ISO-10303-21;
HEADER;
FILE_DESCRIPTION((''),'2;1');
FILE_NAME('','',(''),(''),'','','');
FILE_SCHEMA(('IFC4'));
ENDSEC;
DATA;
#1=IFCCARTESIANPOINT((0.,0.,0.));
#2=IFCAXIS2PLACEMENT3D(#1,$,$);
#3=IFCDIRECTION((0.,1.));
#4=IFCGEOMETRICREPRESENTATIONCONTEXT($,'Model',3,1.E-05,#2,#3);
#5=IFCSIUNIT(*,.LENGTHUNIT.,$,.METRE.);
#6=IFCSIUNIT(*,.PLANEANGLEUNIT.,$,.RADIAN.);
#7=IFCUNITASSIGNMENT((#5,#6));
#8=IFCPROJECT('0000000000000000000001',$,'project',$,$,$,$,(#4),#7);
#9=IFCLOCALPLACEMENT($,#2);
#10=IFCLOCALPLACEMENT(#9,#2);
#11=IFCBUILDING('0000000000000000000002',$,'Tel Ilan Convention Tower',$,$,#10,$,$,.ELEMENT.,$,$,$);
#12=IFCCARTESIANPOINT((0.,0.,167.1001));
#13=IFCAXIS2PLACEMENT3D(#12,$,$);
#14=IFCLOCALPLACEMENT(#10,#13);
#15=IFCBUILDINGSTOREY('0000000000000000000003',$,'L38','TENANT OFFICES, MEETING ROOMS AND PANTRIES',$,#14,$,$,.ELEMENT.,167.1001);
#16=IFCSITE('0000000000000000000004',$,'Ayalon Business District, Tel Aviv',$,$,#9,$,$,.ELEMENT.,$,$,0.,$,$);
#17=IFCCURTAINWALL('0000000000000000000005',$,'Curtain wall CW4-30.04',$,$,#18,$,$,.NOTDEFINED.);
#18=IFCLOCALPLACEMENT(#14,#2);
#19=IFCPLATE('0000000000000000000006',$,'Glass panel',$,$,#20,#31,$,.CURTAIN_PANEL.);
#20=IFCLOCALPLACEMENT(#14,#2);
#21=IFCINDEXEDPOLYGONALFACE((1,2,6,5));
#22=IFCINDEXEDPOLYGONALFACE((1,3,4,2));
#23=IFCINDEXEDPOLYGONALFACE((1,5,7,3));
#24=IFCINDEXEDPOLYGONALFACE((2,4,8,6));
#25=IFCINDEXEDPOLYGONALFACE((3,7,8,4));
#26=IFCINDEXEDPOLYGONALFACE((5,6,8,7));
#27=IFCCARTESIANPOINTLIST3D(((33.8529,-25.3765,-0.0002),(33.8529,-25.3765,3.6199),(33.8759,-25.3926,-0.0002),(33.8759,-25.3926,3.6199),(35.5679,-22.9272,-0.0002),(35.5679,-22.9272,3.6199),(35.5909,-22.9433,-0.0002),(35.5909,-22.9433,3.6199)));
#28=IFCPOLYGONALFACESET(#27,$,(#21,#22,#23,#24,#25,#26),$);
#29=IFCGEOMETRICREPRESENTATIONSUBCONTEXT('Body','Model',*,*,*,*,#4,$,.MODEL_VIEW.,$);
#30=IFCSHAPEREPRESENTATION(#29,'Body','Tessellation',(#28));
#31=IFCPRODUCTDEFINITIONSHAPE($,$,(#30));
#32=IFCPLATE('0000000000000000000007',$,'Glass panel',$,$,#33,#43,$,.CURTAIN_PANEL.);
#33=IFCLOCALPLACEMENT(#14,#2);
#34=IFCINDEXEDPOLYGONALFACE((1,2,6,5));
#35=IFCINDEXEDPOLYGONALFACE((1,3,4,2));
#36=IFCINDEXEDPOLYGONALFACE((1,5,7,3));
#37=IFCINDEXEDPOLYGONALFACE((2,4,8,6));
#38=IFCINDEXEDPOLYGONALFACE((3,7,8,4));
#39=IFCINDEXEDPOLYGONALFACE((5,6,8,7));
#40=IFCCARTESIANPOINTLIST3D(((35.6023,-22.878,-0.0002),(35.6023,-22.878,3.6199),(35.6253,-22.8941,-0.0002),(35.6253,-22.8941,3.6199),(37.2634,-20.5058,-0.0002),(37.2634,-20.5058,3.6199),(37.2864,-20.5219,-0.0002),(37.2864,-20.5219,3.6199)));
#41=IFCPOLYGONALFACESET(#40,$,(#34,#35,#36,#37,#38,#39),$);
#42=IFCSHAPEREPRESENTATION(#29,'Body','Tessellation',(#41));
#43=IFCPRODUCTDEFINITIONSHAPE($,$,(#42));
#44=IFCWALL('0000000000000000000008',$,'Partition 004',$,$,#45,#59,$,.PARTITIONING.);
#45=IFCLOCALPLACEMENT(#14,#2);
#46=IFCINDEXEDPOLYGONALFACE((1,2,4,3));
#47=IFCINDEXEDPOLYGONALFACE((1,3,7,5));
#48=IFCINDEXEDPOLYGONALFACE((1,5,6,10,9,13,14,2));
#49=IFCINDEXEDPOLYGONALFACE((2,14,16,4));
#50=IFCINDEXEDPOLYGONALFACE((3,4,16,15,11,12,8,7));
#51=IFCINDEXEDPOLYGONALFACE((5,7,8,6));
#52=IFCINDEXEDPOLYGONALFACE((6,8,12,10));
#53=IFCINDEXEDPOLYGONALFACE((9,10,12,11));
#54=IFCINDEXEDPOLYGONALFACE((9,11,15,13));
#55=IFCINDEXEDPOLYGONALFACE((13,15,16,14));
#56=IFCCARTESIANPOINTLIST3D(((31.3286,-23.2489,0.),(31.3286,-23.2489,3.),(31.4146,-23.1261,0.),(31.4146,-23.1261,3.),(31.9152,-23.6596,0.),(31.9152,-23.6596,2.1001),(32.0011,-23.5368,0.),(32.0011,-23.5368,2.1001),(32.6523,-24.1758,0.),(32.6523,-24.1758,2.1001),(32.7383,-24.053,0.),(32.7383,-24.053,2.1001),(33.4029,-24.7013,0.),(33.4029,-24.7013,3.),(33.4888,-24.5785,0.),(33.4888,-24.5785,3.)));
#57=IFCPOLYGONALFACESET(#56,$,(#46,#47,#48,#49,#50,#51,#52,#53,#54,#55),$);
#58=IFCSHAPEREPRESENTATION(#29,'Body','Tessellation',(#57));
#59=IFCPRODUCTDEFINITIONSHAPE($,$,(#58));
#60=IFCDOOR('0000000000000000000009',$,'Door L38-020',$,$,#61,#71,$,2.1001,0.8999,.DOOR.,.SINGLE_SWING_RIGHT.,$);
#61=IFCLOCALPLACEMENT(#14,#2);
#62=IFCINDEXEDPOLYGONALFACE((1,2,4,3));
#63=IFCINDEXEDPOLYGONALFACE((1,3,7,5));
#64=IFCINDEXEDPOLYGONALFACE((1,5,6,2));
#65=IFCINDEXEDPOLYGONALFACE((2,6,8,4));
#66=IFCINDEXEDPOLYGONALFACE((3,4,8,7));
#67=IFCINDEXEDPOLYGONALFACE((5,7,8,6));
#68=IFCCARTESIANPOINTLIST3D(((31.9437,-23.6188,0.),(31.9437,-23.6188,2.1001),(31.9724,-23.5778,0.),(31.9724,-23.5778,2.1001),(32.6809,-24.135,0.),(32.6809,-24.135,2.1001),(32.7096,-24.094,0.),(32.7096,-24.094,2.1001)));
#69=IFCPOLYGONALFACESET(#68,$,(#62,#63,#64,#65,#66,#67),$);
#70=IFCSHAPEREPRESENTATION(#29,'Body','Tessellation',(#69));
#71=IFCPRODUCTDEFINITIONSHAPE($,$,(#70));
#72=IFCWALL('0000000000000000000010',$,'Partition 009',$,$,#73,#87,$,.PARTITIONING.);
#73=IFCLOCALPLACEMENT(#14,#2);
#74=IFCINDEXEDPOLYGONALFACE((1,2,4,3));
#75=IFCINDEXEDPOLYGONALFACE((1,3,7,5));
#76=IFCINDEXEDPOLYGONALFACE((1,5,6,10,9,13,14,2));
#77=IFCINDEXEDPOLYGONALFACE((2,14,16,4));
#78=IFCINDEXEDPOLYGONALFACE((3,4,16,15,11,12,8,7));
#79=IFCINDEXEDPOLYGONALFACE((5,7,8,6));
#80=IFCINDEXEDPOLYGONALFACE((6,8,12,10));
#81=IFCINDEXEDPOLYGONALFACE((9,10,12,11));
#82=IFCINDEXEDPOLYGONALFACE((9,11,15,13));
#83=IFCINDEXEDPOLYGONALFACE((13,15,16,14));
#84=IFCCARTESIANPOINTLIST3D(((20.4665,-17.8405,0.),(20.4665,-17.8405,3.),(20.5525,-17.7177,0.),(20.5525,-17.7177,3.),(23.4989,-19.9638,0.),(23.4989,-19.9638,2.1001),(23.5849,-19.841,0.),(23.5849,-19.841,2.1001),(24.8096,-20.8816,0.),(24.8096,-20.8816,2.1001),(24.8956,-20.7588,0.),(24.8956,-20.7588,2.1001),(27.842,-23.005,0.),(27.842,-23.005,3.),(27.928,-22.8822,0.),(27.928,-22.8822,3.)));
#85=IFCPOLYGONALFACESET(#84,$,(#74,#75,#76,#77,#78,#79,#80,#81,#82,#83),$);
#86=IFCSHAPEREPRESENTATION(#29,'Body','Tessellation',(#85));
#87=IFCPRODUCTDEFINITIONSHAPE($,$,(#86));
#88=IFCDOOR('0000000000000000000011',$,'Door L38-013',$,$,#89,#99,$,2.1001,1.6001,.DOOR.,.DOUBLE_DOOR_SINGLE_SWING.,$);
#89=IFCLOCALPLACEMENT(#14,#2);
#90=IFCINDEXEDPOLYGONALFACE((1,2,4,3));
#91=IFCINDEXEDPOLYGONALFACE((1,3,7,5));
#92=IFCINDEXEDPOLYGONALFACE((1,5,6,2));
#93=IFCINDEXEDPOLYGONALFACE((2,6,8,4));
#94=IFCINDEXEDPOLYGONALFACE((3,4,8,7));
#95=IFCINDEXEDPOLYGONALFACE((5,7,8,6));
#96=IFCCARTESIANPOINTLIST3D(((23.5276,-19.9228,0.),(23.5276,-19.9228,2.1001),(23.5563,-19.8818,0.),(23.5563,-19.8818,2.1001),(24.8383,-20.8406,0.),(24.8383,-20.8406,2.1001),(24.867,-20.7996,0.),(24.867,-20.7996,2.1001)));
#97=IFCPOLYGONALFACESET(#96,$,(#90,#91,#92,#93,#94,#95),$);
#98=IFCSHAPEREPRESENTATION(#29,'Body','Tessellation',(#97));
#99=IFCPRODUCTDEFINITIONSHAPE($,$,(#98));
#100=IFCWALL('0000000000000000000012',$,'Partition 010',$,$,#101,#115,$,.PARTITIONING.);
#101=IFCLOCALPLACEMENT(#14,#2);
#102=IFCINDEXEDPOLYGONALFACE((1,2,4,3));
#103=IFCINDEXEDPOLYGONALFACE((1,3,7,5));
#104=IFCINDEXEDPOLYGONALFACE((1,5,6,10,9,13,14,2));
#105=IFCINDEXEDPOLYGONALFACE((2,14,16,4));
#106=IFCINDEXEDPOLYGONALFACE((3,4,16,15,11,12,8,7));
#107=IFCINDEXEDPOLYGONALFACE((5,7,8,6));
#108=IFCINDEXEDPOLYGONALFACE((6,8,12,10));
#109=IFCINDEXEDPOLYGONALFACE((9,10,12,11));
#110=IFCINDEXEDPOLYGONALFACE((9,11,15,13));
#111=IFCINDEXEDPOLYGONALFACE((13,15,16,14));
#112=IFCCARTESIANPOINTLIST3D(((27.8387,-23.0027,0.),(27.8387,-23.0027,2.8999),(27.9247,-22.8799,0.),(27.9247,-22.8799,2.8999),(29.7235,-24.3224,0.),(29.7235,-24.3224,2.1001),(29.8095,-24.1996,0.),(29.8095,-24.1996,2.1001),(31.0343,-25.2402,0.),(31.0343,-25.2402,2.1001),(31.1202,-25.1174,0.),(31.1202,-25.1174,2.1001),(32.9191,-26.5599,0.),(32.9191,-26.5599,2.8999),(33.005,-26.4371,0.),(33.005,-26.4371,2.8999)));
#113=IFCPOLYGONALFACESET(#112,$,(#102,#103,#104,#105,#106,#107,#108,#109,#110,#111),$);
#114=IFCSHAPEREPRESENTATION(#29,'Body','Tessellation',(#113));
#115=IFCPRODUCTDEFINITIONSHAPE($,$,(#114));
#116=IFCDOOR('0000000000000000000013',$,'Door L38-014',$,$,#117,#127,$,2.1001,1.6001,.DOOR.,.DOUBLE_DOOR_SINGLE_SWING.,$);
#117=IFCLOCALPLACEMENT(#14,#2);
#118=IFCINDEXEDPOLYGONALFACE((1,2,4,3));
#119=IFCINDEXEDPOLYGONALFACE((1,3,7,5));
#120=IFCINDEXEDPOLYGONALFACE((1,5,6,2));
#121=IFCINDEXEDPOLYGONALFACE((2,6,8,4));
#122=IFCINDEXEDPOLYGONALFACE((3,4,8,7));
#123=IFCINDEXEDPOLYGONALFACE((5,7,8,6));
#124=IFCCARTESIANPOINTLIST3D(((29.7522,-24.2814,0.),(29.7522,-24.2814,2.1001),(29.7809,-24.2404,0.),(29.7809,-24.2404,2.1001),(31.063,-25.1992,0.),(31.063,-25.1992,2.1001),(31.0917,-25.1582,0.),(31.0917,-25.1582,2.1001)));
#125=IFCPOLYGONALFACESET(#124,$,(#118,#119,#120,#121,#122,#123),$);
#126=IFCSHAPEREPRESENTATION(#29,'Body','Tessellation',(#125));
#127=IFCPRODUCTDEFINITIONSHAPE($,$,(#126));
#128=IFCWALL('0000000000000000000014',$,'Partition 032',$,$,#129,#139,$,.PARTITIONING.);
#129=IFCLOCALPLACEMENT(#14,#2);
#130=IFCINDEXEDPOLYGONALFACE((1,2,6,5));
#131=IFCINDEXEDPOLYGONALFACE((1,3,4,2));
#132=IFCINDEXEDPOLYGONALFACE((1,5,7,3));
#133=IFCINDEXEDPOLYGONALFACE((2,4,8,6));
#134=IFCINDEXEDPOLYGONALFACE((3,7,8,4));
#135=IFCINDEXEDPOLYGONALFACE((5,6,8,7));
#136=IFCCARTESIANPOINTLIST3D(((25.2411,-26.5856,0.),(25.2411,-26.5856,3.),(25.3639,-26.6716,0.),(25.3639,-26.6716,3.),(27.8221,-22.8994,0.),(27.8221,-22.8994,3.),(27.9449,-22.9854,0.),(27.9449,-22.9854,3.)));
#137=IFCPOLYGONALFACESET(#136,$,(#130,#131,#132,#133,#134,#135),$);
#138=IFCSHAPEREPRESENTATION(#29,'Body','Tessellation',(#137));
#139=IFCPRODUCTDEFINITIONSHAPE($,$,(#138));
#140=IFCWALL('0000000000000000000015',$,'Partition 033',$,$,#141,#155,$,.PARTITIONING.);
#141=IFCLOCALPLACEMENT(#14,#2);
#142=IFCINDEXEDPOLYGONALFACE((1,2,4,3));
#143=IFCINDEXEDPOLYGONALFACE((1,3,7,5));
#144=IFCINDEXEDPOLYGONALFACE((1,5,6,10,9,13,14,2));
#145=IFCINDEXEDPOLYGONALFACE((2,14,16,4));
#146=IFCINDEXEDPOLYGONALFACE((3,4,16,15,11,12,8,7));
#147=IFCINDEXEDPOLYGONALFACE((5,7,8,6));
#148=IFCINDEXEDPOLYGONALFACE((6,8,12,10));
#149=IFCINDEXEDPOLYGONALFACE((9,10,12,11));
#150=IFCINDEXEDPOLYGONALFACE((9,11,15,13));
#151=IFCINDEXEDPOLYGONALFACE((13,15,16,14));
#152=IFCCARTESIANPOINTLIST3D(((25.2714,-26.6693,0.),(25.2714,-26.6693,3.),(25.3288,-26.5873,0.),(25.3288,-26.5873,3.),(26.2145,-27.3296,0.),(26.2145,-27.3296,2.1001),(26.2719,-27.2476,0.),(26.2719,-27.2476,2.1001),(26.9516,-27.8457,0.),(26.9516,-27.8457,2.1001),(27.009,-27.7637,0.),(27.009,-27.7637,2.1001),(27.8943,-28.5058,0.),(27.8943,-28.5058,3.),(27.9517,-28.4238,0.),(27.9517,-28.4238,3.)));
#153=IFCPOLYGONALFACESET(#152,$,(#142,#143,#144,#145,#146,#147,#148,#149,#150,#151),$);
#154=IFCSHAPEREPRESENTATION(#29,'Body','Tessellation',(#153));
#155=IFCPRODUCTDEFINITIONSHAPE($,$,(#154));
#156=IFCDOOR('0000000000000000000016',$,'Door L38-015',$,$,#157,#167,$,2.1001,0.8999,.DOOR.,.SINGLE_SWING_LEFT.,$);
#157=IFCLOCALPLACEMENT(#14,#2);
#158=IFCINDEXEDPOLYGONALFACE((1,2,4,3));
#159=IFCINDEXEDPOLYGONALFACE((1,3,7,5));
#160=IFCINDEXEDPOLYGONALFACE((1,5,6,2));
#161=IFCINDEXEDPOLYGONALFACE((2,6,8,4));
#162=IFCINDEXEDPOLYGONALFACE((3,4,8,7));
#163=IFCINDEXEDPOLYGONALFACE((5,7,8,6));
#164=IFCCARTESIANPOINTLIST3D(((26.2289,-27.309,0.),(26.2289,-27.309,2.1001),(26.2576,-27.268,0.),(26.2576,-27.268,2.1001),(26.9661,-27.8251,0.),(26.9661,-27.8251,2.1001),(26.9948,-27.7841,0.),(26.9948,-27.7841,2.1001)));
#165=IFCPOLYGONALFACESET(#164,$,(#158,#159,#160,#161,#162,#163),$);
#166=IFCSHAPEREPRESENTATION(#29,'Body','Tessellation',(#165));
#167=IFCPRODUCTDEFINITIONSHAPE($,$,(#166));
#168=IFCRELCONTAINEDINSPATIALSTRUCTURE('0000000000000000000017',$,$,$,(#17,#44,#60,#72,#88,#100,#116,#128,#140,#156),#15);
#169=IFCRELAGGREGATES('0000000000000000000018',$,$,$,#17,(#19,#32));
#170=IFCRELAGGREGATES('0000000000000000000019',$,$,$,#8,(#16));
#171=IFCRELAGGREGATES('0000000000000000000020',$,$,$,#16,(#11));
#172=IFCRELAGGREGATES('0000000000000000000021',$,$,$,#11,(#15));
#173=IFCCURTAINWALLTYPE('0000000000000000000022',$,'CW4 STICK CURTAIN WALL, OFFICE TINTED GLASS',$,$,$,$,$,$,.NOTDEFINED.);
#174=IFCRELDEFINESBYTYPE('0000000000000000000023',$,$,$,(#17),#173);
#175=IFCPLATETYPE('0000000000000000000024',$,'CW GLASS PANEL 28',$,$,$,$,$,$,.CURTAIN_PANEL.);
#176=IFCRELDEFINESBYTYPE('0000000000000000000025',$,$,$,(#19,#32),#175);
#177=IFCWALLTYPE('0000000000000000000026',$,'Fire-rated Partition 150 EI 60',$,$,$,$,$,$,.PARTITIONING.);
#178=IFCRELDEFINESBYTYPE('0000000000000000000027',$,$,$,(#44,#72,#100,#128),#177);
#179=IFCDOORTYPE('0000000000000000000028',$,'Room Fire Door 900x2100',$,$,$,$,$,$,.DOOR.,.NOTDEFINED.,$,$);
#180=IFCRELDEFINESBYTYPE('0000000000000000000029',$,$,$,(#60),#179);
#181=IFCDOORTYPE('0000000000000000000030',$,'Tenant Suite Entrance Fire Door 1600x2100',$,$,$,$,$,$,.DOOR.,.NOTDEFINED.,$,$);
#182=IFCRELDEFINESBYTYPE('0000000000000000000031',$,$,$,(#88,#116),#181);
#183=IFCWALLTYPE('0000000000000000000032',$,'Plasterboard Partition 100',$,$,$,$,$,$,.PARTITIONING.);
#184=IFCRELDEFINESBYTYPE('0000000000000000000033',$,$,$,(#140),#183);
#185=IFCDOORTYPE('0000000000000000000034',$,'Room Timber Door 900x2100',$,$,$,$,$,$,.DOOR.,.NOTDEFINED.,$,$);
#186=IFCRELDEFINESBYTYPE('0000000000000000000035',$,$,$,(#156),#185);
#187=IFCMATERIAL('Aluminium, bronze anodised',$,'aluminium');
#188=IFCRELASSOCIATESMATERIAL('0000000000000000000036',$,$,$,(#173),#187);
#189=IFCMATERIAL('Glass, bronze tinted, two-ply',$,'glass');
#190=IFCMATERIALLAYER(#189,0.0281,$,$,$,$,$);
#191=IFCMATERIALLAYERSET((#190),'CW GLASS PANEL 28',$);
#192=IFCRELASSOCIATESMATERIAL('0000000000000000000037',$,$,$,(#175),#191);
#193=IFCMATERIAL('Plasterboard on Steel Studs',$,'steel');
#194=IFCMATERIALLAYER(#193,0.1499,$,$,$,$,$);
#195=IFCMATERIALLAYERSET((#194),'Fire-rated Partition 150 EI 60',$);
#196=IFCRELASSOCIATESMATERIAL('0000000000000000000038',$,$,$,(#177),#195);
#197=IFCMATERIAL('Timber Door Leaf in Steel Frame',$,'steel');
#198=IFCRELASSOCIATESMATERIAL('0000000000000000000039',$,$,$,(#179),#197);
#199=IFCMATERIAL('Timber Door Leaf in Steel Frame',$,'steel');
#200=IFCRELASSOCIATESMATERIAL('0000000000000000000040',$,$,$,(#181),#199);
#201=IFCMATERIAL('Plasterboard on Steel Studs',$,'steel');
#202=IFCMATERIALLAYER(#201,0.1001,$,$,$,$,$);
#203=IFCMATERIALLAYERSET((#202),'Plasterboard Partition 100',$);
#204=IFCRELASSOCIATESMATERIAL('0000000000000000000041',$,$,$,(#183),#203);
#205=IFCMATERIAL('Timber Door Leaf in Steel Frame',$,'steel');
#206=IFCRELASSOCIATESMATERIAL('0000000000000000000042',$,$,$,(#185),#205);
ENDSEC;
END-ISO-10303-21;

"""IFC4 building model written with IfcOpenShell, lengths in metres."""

from ifc_helpers import new_model, si_unit, direction, frame, frame_2d, origin, origin_2d, place, context, subcontext, project, spatial, rectangle, extrude, material, layer, layer_set, type_object, element, fill, aggregate, save


model = new_model("IFC4")

# Units and contexts
model_context = context("Model", 3, precision=1e-05, world=origin(), true_north=direction((0.0, 1.0)))
body_context = subcontext(model_context, "Body", "Model", "MODEL_VIEW")
ifc_project = project(units=[si_unit("LENGTHUNIT", "METRE"), si_unit("PLANEANGLEUNIT", "RADIAN")], contexts=[model_context])

# Site, building, storey
site_placement = place(None, origin())
site = spatial("IfcSite", under=ifc_project, at=site_placement, Name="Ayalon Business District, Tel Aviv", CompositionType="ELEMENT", RefElevation=0.0)
building_placement = place(site_placement, origin())
building = spatial("IfcBuilding", under=site, at=building_placement, Name="Tel Ilan Convention Tower", CompositionType="ELEMENT")
storey_placement = place(building_placement, frame((0.0, 0.0, 167.1001)))
storey = spatial("IfcBuildingStorey", under=building, at=storey_placement, Name="L38", Description="TENANT OFFICES, MEETING ROOMS AND PANTRIES", CompositionType="ELEMENT", Elevation=167.1001)

# Curtain wall, plates
ifc_material_1 = material(Name="Aluminium, bronze anodised", Category="aluminium")
curtain_wall_type = type_object("IfcCurtainWallType", Name="CW4 STICK CURTAIN WALL, OFFICE TINTED GLASS", PredefinedType="NOTDEFINED", material=ifc_material_1)
curtain_wall_placement = place(storey_placement, origin())
curtain_wall = element("IfcCurtainWall", 1, at=curtain_wall_placement, inside=storey, type_object=curtain_wall_type, Name="Curtain wall CW4-30.04", PredefinedType="NOTDEFINED")
ifc_material_2 = material(Name="Glass, bronze tinted, two-ply", Category="glass")
ifc_layer_1 = layer(ifc_material_2, 0.0281)
ifc_layer_set_1 = layer_set([ifc_layer_1], Name="CW GLASS PANEL 28")
plate_type = type_object("IfcPlateType", Name="CW GLASS PANEL 28", PredefinedType="CURTAIN_PANEL", material=ifc_layer_set_1)
plate_1_placement = place(storey_placement, frame((34.7219, -24.1599, -0.0002), z_axis=(0.0, 0.0, 1.0), x_axis=(0.573576, 0.819152, 0.0)))
plate_1 = element("IfcPlate", 2, at=plate_1_placement, type_object=plate_type, Name="Glass panel", PredefinedType="CURTAIN_PANEL", context=body_context, shape_type="SweptSolid", body=[
    extrude(rectangle(XDim=2.99, YDim=0.0281, at=origin_2d()), origin(), (0.0, 0.0, 1.0), 3.6201),
])
plate_2_placement = place(storey_placement, frame((36.4443, -21.7, -0.0002), z_axis=(0.0, 0.0, 1.0), x_axis=(0.573576, 0.819152, 0.0)))
plate_2 = element("IfcPlate", 3, at=plate_2_placement, type_object=plate_type, Name="Glass panel", PredefinedType="CURTAIN_PANEL", context=body_context, shape_type="SweptSolid", body=[
    extrude(rectangle(XDim=2.896, YDim=0.0281, at=origin_2d()), origin(), (0.0, 0.0, 1.0), 3.6201),
])
aggregate(curtain_wall, [plate_1, plate_2])

# Walls, openings, doors
ifc_material_3 = material(Name="Plasterboard on Steel Studs", Category="steel")
ifc_layer_2 = layer(ifc_material_3, 0.1499)
ifc_layer_set_2 = layer_set([ifc_layer_2], Name="Fire-rated Partition 150 EI 60")
wall_type_1 = type_object("IfcWallType", Name="Fire-rated Partition 150 EI 60", PredefinedType="PARTITIONING", material=ifc_layer_set_2)
wall_1_placement = place(storey_placement, frame((31.3716, -23.1875, 0.0), z_axis=(0.0, 0.0, 1.0), x_axis=(0.81915, -0.573579, 0.0)))
wall_1 = element("IfcWall", 4, at=wall_1_placement, inside=storey, type_object=wall_type_1, Name="Partition 004", PredefinedType="PARTITIONING", context=body_context, shape_type="SweptSolid", body=[
    extrude(rectangle(XDim=2.5322, YDim=0.1499, at=frame_2d((1.2661, 0.0))), origin(), (0.0, 0.0, 1.0), 3.0),
])
opening_1_placement = place(wall_1_placement, frame((0.7161, 0.0, 0.0)))
opening_1 = element("IfcOpeningElement", 5, at=opening_1_placement, cuts=wall_1, PredefinedType="OPENING", context=body_context, shape_type="SweptSolid", body=[
    extrude(rectangle(XDim=0.8999, YDim=2.1001, at=frame_2d((0.45, 1.05))), frame((0.0, 0.085, 0.0), z_axis=(0.0, -1.0, 0.0), x_axis=(1.0, 0.0, 0.0)), (0.0, 0.0, 1.0), 0.1699),
])
ifc_material_4 = material(Name="Timber Door Leaf in Steel Frame", Category="steel")
door_type_1 = type_object("IfcDoorType", Name="Room Fire Door 900x2100", OperationType="NOTDEFINED", PredefinedType="DOOR", material=ifc_material_4)
door_1_placement = place(opening_1_placement, origin())
door_1 = element("IfcDoor", 6, at=door_1_placement, inside=storey, type_object=door_type_1, Name="Door L38-020", OperationType="SINGLE_SWING_RIGHT", OverallHeight=2.1001, OverallWidth=0.8999, PredefinedType="DOOR", context=body_context, shape_type="SweptSolid", body=[
    extrude(rectangle(XDim=0.8999, YDim=2.1001, at=frame_2d((0.45, 1.05))), frame((0.0, 0.0249, 0.0), z_axis=(0.0, -1.0, 0.0), x_axis=(1.0, 0.0, 0.0)), (0.0, 0.0, 1.0), 0.05),
])
fill(opening_1, door_1)
wall_2_placement = place(storey_placement, frame((27.885, -22.9436, 0.0), z_axis=(0.0, 0.0, 1.0), x_axis=(-0.819143, 0.57359, 0.0)))
wall_2 = element("IfcWall", 7, at=wall_2_placement, inside=storey, type_object=wall_type_1, Name="Partition 009", PredefinedType="PARTITIONING", context=body_context, shape_type="SweptSolid", body=[
    extrude(rectangle(XDim=9.0039, YDim=0.1499, at=frame_2d((4.502, 0.0))), origin(), (0.0, 0.0, 1.0), 3.0),
])
opening_2_placement = place(wall_2_placement, frame((3.7019, 0.0, 0.0)))
opening_2 = element("IfcOpeningElement", 8, at=opening_2_placement, cuts=wall_2, PredefinedType="OPENING", context=body_context, shape_type="SweptSolid", body=[
    extrude(rectangle(XDim=1.6001, YDim=2.1001, at=frame_2d((0.8, 1.05))), frame((0.0, 0.085, 0.0), z_axis=(0.0, -1.0, 0.0), x_axis=(1.0, 0.0, 0.0)), (0.0, 0.0, 1.0), 0.1699),
])
ifc_material_5 = material(Name="Timber Door Leaf in Steel Frame", Category="steel")
door_type_2 = type_object("IfcDoorType", Name="Tenant Suite Entrance Fire Door 1600x2100", OperationType="NOTDEFINED", PredefinedType="DOOR", material=ifc_material_5)
door_2_placement = place(opening_2_placement, origin())
door_2 = element("IfcDoor", 9, at=door_2_placement, inside=storey, type_object=door_type_2, Name="Door L38-013", OperationType="DOUBLE_DOOR_SINGLE_SWING", OverallHeight=2.1001, OverallWidth=1.6001, PredefinedType="DOOR", context=body_context, shape_type="SweptSolid", body=[
    extrude(rectangle(XDim=1.6001, YDim=2.1001, at=frame_2d((0.8, 1.05))), frame((0.0, 0.0249, 0.0), z_axis=(0.0, -1.0, 0.0), x_axis=(1.0, 0.0, 0.0)), (0.0, 0.0, 1.0), 0.05),
])
fill(opening_2, door_2)
wall_3_placement = place(storey_placement, frame((32.9622, -26.4985, 0.0), z_axis=(0.0, 0.0, 1.0), x_axis=(-0.819163, 0.57356, 0.0)))
wall_3 = element("IfcWall", 10, at=wall_3_placement, inside=storey, type_object=wall_type_1, Name="Partition 010", PredefinedType="PARTITIONING", context=body_context, shape_type="SweptSolid", body=[
    extrude(rectangle(XDim=6.2019, YDim=0.1499, at=frame_2d((3.1011, 0.0))), origin(), (0.0, 0.0, 1.0), 2.8999),
])
opening_3_placement = place(wall_3_placement, frame((2.301, 0.0, 0.0)))
opening_3 = element("IfcOpeningElement", 11, at=opening_3_placement, cuts=wall_3, PredefinedType="OPENING", context=body_context, shape_type="SweptSolid", body=[
    extrude(rectangle(XDim=1.6001, YDim=2.1001, at=frame_2d((0.8, 1.05))), frame((0.0, 0.085, 0.0), z_axis=(0.0, -1.0, 0.0), x_axis=(1.0, 0.0, 0.0)), (0.0, 0.0, 1.0), 0.1699),
])
door_3_placement = place(opening_3_placement, origin())
door_3 = element("IfcDoor", 12, at=door_3_placement, inside=storey, type_object=door_type_2, Name="Door L38-014", OperationType="DOUBLE_DOOR_SINGLE_SWING", OverallHeight=2.1001, OverallWidth=1.6001, PredefinedType="DOOR", context=body_context, shape_type="SweptSolid", body=[
    extrude(rectangle(XDim=1.6001, YDim=2.1001, at=frame_2d((0.8, 1.05))), frame((0.0, 0.0249, 0.0), z_axis=(0.0, -1.0, 0.0), x_axis=(1.0, 0.0, 0.0)), (0.0, 0.0, 1.0), 0.05),
])
fill(opening_3, door_3)

# Wall
wall_4_placement = place(storey_placement, frame((27.8835, -22.9424, 0.0), z_axis=(0.0, 0.0, 1.0), x_axis=(-0.573561, -0.819163, 0.0)))
element("IfcWall", 13, at=wall_4_placement, inside=storey, type_object=wall_type_1, Name="Partition 032", PredefinedType="PARTITIONING", context=body_context, shape_type="SweptSolid", body=[
    extrude(rectangle(XDim=4.5, YDim=0.1499, at=frame_2d((2.25, 0.0))), origin(), (0.0, 0.0, 1.0), 3.0),
])

# Wall, opening, door
ifc_material_6 = material(Name="Plasterboard on Steel Studs", Category="steel")
ifc_layer_3 = layer(ifc_material_6, 0.1001)
ifc_layer_set_3 = layer_set([ifc_layer_3], Name="Plasterboard Partition 100")
wall_type_2 = type_object("IfcWallType", Name="Plasterboard Partition 100", PredefinedType="PARTITIONING", material=ifc_layer_set_3)
wall_5_placement = place(storey_placement, frame((27.9231, -28.4648, 0.0), z_axis=(0.0, 0.0, 1.0), x_axis=(-0.819164, 0.57356, 0.0)))
wall_5 = element("IfcWall", 14, at=wall_5_placement, inside=storey, type_object=wall_type_2, Name="Partition 033", PredefinedType="PARTITIONING", context=body_context, shape_type="SweptSolid", body=[
    extrude(rectangle(XDim=3.2019, YDim=0.1001, at=frame_2d((1.6011, 0.0))), origin(), (0.0, 0.0, 1.0), 3.0),
])
opening_4_placement = place(wall_5_placement, frame((1.1509, 0.0, 0.0)))
opening_4 = element("IfcOpeningElement", 15, at=opening_4_placement, cuts=wall_5, PredefinedType="OPENING", context=body_context, shape_type="SweptSolid", body=[
    extrude(rectangle(XDim=0.8999, YDim=2.1001, at=frame_2d((0.45, 1.05))), frame((0.0, 0.0601, 0.0), z_axis=(0.0, -1.0, 0.0), x_axis=(1.0, 0.0, 0.0)), (0.0, 0.0, 1.0), 0.1201),
])
ifc_material_7 = material(Name="Timber Door Leaf in Steel Frame", Category="steel")
door_type_3 = type_object("IfcDoorType", Name="Room Timber Door 900x2100", OperationType="NOTDEFINED", PredefinedType="DOOR", material=ifc_material_7)
door_4_placement = place(opening_4_placement, origin())
door_4 = element("IfcDoor", 16, at=door_4_placement, inside=storey, type_object=door_type_3, Name="Door L38-015", OperationType="SINGLE_SWING_LEFT", OverallHeight=2.1001, OverallWidth=0.8999, PredefinedType="DOOR", context=body_context, shape_type="SweptSolid", body=[
    extrude(rectangle(XDim=0.8999, YDim=2.1001, at=frame_2d((0.45, 1.05))), frame((0.0, 0.0249, 0.0), z_axis=(0.0, -1.0, 0.0), x_axis=(1.0, 0.0, 0.0)), (0.0, 0.0, 1.0), 0.05),
])
fill(opening_4, door_4)

save(model, "model.ifc")
